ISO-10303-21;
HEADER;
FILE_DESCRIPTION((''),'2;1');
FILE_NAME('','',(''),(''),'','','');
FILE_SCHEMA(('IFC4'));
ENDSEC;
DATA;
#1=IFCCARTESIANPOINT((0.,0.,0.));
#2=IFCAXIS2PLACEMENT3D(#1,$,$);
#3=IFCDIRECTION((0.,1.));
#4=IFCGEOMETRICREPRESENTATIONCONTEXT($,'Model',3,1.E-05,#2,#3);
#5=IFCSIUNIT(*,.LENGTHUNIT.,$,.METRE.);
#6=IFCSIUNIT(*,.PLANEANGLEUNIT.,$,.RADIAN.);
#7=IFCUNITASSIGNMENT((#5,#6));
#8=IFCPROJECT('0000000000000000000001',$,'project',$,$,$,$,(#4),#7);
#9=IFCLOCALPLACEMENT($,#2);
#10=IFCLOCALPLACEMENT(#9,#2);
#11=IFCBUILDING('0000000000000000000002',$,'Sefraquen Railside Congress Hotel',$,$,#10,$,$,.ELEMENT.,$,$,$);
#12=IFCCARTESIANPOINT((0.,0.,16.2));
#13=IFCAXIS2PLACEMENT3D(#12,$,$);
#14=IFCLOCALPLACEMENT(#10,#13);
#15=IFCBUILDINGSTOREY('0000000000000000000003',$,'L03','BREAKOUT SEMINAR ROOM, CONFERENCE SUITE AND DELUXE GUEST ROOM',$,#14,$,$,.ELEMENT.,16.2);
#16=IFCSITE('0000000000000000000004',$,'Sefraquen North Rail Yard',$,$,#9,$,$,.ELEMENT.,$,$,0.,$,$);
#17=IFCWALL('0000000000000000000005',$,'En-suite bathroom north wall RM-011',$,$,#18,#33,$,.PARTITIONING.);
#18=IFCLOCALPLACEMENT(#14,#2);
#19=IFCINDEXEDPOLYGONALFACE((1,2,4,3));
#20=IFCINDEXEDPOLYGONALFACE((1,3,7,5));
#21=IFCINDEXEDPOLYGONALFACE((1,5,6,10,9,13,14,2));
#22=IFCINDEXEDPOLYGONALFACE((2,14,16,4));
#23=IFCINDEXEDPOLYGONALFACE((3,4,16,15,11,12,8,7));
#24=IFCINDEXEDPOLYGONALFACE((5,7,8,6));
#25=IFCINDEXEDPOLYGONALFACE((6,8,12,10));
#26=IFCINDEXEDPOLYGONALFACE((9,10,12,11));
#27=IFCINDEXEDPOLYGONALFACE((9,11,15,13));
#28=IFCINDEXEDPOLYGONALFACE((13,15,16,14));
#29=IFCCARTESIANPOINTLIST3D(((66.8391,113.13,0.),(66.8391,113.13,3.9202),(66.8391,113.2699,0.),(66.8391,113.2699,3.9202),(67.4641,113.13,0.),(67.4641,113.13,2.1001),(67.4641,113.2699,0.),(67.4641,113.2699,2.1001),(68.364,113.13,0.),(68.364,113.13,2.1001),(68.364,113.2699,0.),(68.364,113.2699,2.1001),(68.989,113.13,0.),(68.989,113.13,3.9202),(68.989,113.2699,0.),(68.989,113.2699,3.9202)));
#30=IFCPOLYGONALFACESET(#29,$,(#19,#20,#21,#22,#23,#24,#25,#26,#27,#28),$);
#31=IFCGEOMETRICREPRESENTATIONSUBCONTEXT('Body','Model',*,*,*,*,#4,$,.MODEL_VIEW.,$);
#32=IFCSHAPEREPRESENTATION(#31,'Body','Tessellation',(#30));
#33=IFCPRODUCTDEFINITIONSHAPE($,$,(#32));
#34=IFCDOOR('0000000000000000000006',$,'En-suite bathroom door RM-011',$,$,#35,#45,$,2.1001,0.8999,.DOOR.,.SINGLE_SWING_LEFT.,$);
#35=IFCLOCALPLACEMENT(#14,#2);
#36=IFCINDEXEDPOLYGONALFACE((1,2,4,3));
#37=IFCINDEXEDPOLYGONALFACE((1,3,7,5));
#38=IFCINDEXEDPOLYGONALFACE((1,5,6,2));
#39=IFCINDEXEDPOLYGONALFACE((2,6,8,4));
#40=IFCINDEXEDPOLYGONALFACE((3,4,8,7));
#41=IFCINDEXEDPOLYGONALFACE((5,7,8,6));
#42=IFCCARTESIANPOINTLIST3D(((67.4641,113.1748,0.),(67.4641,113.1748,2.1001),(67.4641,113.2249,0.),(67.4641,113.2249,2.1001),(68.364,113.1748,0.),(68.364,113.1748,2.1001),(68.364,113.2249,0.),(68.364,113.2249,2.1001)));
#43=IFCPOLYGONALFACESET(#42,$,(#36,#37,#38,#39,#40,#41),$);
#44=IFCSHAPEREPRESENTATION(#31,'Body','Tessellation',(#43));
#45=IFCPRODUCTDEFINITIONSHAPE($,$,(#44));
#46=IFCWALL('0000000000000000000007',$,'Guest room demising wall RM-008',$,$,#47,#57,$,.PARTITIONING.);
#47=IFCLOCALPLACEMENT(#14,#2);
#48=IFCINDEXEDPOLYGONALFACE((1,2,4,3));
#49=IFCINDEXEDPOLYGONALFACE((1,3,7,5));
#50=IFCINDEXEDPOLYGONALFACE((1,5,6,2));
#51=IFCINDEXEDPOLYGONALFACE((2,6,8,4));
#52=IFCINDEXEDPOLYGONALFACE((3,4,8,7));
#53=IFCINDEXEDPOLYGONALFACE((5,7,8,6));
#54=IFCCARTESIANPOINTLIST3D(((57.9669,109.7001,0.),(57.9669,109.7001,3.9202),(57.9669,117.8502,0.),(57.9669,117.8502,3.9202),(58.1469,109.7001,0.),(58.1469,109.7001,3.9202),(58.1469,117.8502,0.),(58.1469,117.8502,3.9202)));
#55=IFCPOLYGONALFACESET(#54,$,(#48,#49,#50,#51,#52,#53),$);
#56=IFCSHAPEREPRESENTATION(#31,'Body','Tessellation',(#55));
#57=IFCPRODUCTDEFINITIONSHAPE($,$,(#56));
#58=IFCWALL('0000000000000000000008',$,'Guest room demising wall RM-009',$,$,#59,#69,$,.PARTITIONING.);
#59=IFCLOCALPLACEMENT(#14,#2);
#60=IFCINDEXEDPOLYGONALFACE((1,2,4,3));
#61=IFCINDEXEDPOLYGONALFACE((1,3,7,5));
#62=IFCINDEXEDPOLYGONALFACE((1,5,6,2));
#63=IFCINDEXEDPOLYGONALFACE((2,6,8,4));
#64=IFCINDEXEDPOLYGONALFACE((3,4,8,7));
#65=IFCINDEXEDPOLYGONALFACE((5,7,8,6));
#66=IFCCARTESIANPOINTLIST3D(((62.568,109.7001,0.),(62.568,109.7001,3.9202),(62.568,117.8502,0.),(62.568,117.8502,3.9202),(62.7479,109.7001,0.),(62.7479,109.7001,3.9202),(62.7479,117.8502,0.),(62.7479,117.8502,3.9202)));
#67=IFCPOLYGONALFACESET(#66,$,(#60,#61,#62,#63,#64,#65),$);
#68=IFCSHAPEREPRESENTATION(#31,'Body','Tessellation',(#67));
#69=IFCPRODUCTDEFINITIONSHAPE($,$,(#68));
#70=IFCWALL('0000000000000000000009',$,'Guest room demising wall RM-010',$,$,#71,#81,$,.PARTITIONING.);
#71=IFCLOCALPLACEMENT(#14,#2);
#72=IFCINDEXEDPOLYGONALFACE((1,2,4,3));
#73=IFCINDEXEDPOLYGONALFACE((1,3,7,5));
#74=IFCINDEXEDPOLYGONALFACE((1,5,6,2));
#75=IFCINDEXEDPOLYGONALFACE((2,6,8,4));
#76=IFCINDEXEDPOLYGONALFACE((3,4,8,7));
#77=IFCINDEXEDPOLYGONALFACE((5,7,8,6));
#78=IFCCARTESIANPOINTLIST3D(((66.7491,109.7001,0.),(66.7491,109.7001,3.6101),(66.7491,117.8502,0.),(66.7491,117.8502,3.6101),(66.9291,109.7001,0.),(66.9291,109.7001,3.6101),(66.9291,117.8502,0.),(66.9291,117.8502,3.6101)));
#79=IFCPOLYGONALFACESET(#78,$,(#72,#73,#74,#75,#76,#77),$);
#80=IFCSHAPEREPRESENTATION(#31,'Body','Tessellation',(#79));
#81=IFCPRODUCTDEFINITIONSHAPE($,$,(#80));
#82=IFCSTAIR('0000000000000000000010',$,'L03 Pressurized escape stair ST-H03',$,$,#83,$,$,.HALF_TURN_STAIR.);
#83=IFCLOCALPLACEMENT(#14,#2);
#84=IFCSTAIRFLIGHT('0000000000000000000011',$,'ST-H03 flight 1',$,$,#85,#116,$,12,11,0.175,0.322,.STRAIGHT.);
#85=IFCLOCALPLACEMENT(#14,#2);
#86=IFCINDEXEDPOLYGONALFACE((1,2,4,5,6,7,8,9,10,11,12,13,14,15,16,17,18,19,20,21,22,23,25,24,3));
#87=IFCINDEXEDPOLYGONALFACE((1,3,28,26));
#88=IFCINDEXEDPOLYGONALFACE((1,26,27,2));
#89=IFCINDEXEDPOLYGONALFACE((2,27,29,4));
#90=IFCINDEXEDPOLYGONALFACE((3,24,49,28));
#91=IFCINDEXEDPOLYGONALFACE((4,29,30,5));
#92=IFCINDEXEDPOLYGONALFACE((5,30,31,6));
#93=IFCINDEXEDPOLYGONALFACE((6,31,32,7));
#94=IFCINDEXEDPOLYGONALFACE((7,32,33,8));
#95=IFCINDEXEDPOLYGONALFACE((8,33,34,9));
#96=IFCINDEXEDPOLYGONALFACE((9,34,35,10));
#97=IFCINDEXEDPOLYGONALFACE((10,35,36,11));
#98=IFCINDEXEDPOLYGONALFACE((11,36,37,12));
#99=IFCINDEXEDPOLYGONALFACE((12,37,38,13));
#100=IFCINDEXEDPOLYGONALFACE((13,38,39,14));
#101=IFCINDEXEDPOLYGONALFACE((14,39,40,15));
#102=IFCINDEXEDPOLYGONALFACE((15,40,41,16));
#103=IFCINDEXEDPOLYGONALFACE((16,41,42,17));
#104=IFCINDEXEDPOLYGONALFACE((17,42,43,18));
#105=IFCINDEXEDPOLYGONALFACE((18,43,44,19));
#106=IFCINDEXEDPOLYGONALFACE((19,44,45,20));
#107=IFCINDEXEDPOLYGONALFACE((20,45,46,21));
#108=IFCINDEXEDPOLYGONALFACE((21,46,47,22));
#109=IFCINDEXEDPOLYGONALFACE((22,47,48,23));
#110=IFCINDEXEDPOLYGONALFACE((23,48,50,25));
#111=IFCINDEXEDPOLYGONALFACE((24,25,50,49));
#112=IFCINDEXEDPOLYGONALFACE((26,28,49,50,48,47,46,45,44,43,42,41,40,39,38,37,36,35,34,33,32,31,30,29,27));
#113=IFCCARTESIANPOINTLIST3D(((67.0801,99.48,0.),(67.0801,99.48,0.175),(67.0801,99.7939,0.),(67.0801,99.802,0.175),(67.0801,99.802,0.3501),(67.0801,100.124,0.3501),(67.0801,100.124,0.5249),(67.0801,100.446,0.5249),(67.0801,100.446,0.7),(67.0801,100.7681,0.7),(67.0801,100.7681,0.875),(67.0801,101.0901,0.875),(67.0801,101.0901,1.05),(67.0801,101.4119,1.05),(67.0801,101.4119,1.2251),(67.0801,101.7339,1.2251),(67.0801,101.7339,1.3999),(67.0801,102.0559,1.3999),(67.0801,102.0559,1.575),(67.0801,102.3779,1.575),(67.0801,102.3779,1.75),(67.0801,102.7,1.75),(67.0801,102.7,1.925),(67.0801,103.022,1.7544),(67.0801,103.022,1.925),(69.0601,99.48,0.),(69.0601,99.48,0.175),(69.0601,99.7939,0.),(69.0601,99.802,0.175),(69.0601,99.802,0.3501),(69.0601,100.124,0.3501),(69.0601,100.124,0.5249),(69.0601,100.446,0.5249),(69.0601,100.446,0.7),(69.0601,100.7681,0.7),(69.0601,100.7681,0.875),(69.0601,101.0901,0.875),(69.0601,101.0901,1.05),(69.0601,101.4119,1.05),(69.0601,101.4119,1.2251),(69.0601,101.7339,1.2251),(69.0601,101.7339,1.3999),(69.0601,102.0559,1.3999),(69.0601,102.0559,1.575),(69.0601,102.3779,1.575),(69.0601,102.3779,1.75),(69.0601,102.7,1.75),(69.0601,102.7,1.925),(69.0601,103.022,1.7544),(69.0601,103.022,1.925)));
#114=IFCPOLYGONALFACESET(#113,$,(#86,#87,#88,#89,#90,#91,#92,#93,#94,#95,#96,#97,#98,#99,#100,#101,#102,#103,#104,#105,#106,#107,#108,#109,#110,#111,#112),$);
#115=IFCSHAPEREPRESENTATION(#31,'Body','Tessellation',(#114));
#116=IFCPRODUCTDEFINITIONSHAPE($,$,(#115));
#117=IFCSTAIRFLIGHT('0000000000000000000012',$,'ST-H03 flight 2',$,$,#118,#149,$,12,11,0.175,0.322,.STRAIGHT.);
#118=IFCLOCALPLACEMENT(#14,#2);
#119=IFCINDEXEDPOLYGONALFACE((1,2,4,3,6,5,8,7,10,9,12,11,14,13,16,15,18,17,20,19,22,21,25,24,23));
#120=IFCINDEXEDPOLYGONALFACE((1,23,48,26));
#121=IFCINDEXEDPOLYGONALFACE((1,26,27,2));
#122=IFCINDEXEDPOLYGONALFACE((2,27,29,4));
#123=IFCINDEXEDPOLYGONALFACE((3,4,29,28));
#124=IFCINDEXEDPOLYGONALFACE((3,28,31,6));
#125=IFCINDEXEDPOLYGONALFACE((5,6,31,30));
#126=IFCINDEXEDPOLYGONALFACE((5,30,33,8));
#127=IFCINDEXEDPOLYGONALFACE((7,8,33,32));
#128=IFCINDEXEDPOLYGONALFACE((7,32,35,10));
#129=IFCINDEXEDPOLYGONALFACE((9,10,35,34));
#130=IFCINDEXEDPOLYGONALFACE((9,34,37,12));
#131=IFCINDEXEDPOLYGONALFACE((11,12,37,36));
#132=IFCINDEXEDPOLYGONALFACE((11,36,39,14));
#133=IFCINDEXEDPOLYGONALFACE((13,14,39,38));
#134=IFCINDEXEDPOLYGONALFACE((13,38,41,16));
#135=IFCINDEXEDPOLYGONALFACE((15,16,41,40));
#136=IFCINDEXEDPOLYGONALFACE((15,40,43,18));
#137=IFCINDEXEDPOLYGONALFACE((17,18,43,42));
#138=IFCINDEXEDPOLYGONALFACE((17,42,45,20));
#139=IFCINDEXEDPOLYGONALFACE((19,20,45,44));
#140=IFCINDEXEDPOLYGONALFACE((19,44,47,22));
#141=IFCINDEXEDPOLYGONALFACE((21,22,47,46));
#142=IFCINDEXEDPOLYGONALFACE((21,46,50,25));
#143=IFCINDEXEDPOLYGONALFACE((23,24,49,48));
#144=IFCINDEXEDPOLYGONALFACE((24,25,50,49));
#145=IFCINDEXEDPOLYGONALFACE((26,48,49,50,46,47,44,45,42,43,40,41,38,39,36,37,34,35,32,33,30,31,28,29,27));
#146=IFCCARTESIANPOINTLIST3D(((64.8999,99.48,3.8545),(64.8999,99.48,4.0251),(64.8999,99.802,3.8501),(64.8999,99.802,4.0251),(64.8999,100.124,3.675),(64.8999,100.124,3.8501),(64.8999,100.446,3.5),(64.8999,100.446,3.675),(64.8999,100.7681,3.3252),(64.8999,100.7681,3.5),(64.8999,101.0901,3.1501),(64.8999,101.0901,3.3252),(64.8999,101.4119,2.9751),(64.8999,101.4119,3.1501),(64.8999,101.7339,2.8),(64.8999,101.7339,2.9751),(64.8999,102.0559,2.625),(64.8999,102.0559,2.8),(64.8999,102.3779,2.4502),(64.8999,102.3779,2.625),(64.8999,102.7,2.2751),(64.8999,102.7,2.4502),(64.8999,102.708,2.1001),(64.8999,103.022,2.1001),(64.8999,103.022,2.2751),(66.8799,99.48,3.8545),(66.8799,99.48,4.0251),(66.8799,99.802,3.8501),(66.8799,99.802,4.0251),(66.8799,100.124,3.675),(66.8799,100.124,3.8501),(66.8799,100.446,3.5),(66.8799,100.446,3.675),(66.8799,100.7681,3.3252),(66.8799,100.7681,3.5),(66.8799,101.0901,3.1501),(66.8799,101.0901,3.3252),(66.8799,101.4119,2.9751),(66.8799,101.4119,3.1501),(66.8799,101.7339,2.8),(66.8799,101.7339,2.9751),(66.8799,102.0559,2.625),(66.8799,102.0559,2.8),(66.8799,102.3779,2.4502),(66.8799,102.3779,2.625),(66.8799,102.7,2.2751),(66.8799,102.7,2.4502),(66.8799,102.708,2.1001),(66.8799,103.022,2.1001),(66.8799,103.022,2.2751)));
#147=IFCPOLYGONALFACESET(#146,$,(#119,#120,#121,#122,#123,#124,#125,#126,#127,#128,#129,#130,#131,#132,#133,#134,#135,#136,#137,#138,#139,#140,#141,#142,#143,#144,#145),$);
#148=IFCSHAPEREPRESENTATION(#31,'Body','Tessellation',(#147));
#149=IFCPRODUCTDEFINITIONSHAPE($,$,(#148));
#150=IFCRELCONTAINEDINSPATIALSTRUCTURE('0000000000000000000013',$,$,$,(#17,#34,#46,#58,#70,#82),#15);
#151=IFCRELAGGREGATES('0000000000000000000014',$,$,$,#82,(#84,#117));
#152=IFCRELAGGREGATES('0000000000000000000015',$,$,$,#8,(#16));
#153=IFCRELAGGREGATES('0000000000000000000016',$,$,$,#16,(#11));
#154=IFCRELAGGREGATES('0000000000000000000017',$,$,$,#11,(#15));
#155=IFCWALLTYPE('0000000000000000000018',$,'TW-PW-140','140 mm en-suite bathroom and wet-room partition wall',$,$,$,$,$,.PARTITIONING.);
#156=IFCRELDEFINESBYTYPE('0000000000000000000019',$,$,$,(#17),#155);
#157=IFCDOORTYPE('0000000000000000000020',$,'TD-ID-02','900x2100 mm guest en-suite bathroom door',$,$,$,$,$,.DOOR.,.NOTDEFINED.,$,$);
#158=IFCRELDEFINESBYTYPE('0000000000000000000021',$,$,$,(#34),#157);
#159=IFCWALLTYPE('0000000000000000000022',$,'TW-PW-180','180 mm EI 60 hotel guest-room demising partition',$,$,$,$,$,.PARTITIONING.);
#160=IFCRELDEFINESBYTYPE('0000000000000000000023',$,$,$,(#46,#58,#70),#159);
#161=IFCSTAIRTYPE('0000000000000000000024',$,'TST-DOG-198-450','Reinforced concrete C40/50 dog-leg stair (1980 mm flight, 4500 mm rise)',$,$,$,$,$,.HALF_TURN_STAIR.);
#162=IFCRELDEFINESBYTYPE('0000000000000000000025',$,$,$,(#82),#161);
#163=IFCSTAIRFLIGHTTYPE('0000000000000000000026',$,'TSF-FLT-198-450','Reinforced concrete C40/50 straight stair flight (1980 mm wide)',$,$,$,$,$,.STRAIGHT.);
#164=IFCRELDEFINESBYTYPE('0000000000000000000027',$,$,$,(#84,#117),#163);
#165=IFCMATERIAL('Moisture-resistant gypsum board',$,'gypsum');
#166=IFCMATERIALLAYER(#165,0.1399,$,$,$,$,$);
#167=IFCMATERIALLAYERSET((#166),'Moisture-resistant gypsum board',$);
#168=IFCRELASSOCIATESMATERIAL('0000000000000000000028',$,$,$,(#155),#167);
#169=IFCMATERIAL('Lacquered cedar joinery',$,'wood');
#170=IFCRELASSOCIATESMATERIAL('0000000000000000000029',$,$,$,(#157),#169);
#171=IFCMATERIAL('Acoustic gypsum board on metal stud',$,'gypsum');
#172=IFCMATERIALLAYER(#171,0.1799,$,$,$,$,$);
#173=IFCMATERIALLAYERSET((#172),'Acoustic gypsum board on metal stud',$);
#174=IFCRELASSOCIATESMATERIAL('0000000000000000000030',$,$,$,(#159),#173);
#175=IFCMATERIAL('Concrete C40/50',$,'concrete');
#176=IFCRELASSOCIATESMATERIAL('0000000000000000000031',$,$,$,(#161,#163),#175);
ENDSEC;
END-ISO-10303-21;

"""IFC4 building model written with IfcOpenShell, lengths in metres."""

from ifc_helpers import new_model, si_unit, direction, frame, frame_2d, origin, place, context, subcontext, project, spatial, polyline, rectangle, outline, extrude, material, layer, layer_set, type_object, element, fill, aggregate, save


model = new_model("IFC4")

# Units and contexts
model_context = context("Model", 3, precision=1e-05, world=origin(), true_north=direction((0.0, 1.0)))
body_context = subcontext(model_context, "Body", "Model", "MODEL_VIEW")
ifc_project = project(units=[si_unit("LENGTHUNIT", "METRE"), si_unit("PLANEANGLEUNIT", "RADIAN")], contexts=[model_context])

# Site, building, storey
site_placement = place(None, origin())
site = spatial("IfcSite", under=ifc_project, at=site_placement, Name="Sefraquen North Rail Yard", CompositionType="ELEMENT", RefElevation=0.0)
building_placement = place(site_placement, origin())
building = spatial("IfcBuilding", under=site, at=building_placement, Name="Sefraquen Railside Congress Hotel", CompositionType="ELEMENT")
storey_placement = place(building_placement, frame((0.0, 0.0, 16.2)))
storey = spatial("IfcBuildingStorey", under=building, at=storey_placement, Name="L03", Description="BREAKOUT SEMINAR ROOM, CONFERENCE SUITE AND DELUXE GUEST ROOM", CompositionType="ELEMENT", Elevation=16.2)

# Shared definitions
ifc_material_1 = material(Name="Moisture-resistant gypsum board", Category="gypsum")
ifc_layer_1 = layer(ifc_material_1, 0.1399)
ifc_layer_set_1 = layer_set([ifc_layer_1], Name="Moisture-resistant gypsum board")
wall_type_1 = type_object("IfcWallType", Name="TW-PW-140", Description="140 mm en-suite bathroom and wet-room partition wall", PredefinedType="PARTITIONING", material=ifc_layer_set_1)

# Shared definitions
ifc_material_2 = material(Name="Lacquered cedar joinery", Category="wood")
door_type = type_object("IfcDoorType", Name="TD-ID-02", Description="900x2100 mm guest en-suite bathroom door", OperationType="NOTDEFINED", PredefinedType="DOOR", material=ifc_material_2)

# Wall, opening, door
wall_1_placement = place(storey_placement, frame((66.8391, 113.2, 0.0), z_axis=(0.0, 0.0, 1.0), x_axis=(1.0, 0.0, 0.0)))
wall_1 = element("IfcWall", 1, at=wall_1_placement, inside=storey, type_object=wall_type_1, Name="En-suite bathroom north wall RM-011", PredefinedType="PARTITIONING", context=body_context, shape_type="SweptSolid", body=[
    extrude(rectangle(XDim=2.1499, YDim=0.1399, at=frame_2d((1.075, 0.0))), origin(), (0.0, 0.0, 1.0), 3.9202),
])
opening_1_placement = place(wall_1_placement, frame((0.625, 0.0, 0.0)))
opening_1 = element("IfcOpeningElement", 2, at=opening_1_placement, cuts=wall_1, PredefinedType="OPENING", context=body_context, shape_type="SweptSolid", body=[
    extrude(rectangle(XDim=0.8999, YDim=2.1001, at=frame_2d((0.45, 1.05))), frame((0.0, 0.0798, 0.0), z_axis=(0.0, -1.0, 0.0), x_axis=(1.0, 0.0, 0.0)), (0.0, 0.0, 1.0), 0.1599),
])
door_1_placement = place(opening_1_placement, origin())
door_1 = element("IfcDoor", 3, at=door_1_placement, inside=storey, type_object=door_type, Name="En-suite bathroom door RM-011", OperationType="SINGLE_SWING_LEFT", OverallHeight=2.1001, OverallWidth=0.8999, PredefinedType="DOOR", context=body_context, shape_type="SweptSolid", body=[
    extrude(rectangle(XDim=0.8999, YDim=2.1001, at=frame_2d((0.45, 1.05))), frame((0.0, 0.0249, 0.0), z_axis=(0.0, -1.0, 0.0), x_axis=(1.0, 0.0, 0.0)), (0.0, 0.0, 1.0), 0.05),
])
fill(opening_1, door_1)

# Walls
ifc_material_3 = material(Name="Acoustic gypsum board on metal stud", Category="gypsum")
ifc_layer_2 = layer(ifc_material_3, 0.1799)
ifc_layer_set_2 = layer_set([ifc_layer_2], Name="Acoustic gypsum board on metal stud")
wall_type_2 = type_object("IfcWallType", Name="TW-PW-180", Description="180 mm EI 60 hotel guest-room demising partition", PredefinedType="PARTITIONING", material=ifc_layer_set_2)
for number, where, z_axis, x_axis, name in (
    (4, (58.0569, 109.7, 0.0), (0.0, 0.0, 1.0), (0.0, 1.0, 0.0), "Guest room demising wall RM-008"),
    (5, (62.658, 109.7, 0.0), (0.0, 0.0, 1.0), (0.0, 1.0, 0.0), "Guest room demising wall RM-009"),
):
    element("IfcWall", number, at=place(storey_placement, frame(where, z_axis=z_axis, x_axis=x_axis)), inside=storey, type_object=wall_type_2, Name=name, PredefinedType="PARTITIONING", context=body_context, shape_type="SweptSolid", body=[
        extrude(rectangle(XDim=8.1501, YDim=0.1799, at=frame_2d((4.0752, 0.0))), origin(), (0.0, 0.0, 1.0), 3.9202),
    ])
wall_2_placement = place(storey_placement, frame((66.8391, 109.7, 0.0), z_axis=(0.0, 0.0, 1.0), x_axis=(0.0, 1.0, 0.0)))
element("IfcWall", 6, at=wall_2_placement, inside=storey, type_object=wall_type_2, Name="Guest room demising wall RM-010", PredefinedType="PARTITIONING", context=body_context, shape_type="SweptSolid", body=[
    extrude(rectangle(XDim=8.1501, YDim=0.1799, at=frame_2d((4.0752, 0.0))), origin(), (0.0, 0.0, 1.0), 3.6101),
])

# Stair, stair flights
ifc_material_4 = material(Name="Concrete C40/50", Category="concrete")
stair_type = type_object("IfcStairType", Name="TST-DOG-198-450", Description="Reinforced concrete C40/50 dog-leg stair (1980 mm flight, 4500 mm rise)", PredefinedType="HALF_TURN_STAIR", material=ifc_material_4)
stair_placement = place(storey_placement, origin())
stair = element("IfcStair", 7, at=stair_placement, inside=storey, type_object=stair_type, Name="L03 Pressurized escape stair ST-H03", PredefinedType="HALF_TURN_STAIR")
stair_flight_type = type_object("IfcStairFlightType", Name="TSF-FLT-198-450", Description="Reinforced concrete C40/50 straight stair flight (1980 mm wide)", PredefinedType="STRAIGHT", material=ifc_material_4)
stair_flight_1_placement = place(storey_placement, frame((68.0701, 99.48, 0.0), z_axis=(0.0, 0.0, 1.0), x_axis=(0.0, 1.0, 0.0)))
stair_flight_1 = element("IfcStairFlight", 8, at=stair_flight_1_placement, type_object=stair_flight_type, Name="ST-H03 flight 1", NumberOfRisers=12, NumberOfTreads=11, PredefinedType="STRAIGHT", RiserHeight=0.175, TreadLength=0.322, context=body_context, shape_type="SweptSolid", body=[
    extrude(outline(polyline([(0.0, 0.0), (0.0, 0.175), (0.322, 0.175), (0.322, 0.3501), (0.644, 0.3501), (0.644, 0.5249), (0.9661, 0.5249), (0.9661, 0.7), (1.2881, 0.7), (1.2881, 0.875), (1.6101, 0.875), (1.6101, 1.05), (1.9319, 1.05), (1.9319, 1.2251), (2.2539, 1.2251), (2.2539, 1.3999), (2.5759, 1.3999), (2.5759, 1.575), (2.8979, 1.575), (2.8979, 1.75), (3.22, 1.75), (3.22, 1.925), (3.542, 1.925), (3.542, 2.1001), (3.542, 1.7544), (0.314, 0.0), (0.0, 0.0)])), frame((0.0, 0.99, 0.0), z_axis=(0.0, -1.0, 0.0), x_axis=(1.0, 0.0, 0.0)), (0.0, 0.0, 1.0), 1.98),
])
stair_flight_2_placement = place(storey_placement, frame((65.8899, 103.022, 2.1001), z_axis=(0.0, 0.0, 1.0), x_axis=(0.0, -1.0, 0.0)))
stair_flight_2 = element("IfcStairFlight", 9, at=stair_flight_2_placement, type_object=stair_flight_type, Name="ST-H03 flight 2", NumberOfRisers=12, NumberOfTreads=11, PredefinedType="STRAIGHT", RiserHeight=0.175, TreadLength=0.322, context=body_context, shape_type="SweptSolid", body=[
    extrude(outline(polyline([(0.0, 0.0), (0.0, 0.175), (0.322, 0.175), (0.322, 0.3501), (0.644, 0.3501), (0.644, 0.5249), (0.9661, 0.5249), (0.9661, 0.7), (1.2881, 0.7), (1.2881, 0.875), (1.6101, 0.875), (1.6101, 1.05), (1.9319, 1.05), (1.9319, 1.2251), (2.2539, 1.2251), (2.2539, 1.3999), (2.5759, 1.3999), (2.5759, 1.575), (2.8979, 1.575), (2.8979, 1.75), (3.22, 1.75), (3.22, 1.925), (3.542, 1.925), (3.542, 2.1001), (3.542, 1.7544), (0.314, 0.0), (0.0, 0.0)])), frame((0.0, 0.99, 0.0), z_axis=(0.0, -1.0, 0.0), x_axis=(1.0, 0.0, 0.0)), (0.0, 0.0, 1.0), 1.98),
])
aggregate(stair, [stair_flight_1, stair_flight_2])

save(model, "model.ifc")
